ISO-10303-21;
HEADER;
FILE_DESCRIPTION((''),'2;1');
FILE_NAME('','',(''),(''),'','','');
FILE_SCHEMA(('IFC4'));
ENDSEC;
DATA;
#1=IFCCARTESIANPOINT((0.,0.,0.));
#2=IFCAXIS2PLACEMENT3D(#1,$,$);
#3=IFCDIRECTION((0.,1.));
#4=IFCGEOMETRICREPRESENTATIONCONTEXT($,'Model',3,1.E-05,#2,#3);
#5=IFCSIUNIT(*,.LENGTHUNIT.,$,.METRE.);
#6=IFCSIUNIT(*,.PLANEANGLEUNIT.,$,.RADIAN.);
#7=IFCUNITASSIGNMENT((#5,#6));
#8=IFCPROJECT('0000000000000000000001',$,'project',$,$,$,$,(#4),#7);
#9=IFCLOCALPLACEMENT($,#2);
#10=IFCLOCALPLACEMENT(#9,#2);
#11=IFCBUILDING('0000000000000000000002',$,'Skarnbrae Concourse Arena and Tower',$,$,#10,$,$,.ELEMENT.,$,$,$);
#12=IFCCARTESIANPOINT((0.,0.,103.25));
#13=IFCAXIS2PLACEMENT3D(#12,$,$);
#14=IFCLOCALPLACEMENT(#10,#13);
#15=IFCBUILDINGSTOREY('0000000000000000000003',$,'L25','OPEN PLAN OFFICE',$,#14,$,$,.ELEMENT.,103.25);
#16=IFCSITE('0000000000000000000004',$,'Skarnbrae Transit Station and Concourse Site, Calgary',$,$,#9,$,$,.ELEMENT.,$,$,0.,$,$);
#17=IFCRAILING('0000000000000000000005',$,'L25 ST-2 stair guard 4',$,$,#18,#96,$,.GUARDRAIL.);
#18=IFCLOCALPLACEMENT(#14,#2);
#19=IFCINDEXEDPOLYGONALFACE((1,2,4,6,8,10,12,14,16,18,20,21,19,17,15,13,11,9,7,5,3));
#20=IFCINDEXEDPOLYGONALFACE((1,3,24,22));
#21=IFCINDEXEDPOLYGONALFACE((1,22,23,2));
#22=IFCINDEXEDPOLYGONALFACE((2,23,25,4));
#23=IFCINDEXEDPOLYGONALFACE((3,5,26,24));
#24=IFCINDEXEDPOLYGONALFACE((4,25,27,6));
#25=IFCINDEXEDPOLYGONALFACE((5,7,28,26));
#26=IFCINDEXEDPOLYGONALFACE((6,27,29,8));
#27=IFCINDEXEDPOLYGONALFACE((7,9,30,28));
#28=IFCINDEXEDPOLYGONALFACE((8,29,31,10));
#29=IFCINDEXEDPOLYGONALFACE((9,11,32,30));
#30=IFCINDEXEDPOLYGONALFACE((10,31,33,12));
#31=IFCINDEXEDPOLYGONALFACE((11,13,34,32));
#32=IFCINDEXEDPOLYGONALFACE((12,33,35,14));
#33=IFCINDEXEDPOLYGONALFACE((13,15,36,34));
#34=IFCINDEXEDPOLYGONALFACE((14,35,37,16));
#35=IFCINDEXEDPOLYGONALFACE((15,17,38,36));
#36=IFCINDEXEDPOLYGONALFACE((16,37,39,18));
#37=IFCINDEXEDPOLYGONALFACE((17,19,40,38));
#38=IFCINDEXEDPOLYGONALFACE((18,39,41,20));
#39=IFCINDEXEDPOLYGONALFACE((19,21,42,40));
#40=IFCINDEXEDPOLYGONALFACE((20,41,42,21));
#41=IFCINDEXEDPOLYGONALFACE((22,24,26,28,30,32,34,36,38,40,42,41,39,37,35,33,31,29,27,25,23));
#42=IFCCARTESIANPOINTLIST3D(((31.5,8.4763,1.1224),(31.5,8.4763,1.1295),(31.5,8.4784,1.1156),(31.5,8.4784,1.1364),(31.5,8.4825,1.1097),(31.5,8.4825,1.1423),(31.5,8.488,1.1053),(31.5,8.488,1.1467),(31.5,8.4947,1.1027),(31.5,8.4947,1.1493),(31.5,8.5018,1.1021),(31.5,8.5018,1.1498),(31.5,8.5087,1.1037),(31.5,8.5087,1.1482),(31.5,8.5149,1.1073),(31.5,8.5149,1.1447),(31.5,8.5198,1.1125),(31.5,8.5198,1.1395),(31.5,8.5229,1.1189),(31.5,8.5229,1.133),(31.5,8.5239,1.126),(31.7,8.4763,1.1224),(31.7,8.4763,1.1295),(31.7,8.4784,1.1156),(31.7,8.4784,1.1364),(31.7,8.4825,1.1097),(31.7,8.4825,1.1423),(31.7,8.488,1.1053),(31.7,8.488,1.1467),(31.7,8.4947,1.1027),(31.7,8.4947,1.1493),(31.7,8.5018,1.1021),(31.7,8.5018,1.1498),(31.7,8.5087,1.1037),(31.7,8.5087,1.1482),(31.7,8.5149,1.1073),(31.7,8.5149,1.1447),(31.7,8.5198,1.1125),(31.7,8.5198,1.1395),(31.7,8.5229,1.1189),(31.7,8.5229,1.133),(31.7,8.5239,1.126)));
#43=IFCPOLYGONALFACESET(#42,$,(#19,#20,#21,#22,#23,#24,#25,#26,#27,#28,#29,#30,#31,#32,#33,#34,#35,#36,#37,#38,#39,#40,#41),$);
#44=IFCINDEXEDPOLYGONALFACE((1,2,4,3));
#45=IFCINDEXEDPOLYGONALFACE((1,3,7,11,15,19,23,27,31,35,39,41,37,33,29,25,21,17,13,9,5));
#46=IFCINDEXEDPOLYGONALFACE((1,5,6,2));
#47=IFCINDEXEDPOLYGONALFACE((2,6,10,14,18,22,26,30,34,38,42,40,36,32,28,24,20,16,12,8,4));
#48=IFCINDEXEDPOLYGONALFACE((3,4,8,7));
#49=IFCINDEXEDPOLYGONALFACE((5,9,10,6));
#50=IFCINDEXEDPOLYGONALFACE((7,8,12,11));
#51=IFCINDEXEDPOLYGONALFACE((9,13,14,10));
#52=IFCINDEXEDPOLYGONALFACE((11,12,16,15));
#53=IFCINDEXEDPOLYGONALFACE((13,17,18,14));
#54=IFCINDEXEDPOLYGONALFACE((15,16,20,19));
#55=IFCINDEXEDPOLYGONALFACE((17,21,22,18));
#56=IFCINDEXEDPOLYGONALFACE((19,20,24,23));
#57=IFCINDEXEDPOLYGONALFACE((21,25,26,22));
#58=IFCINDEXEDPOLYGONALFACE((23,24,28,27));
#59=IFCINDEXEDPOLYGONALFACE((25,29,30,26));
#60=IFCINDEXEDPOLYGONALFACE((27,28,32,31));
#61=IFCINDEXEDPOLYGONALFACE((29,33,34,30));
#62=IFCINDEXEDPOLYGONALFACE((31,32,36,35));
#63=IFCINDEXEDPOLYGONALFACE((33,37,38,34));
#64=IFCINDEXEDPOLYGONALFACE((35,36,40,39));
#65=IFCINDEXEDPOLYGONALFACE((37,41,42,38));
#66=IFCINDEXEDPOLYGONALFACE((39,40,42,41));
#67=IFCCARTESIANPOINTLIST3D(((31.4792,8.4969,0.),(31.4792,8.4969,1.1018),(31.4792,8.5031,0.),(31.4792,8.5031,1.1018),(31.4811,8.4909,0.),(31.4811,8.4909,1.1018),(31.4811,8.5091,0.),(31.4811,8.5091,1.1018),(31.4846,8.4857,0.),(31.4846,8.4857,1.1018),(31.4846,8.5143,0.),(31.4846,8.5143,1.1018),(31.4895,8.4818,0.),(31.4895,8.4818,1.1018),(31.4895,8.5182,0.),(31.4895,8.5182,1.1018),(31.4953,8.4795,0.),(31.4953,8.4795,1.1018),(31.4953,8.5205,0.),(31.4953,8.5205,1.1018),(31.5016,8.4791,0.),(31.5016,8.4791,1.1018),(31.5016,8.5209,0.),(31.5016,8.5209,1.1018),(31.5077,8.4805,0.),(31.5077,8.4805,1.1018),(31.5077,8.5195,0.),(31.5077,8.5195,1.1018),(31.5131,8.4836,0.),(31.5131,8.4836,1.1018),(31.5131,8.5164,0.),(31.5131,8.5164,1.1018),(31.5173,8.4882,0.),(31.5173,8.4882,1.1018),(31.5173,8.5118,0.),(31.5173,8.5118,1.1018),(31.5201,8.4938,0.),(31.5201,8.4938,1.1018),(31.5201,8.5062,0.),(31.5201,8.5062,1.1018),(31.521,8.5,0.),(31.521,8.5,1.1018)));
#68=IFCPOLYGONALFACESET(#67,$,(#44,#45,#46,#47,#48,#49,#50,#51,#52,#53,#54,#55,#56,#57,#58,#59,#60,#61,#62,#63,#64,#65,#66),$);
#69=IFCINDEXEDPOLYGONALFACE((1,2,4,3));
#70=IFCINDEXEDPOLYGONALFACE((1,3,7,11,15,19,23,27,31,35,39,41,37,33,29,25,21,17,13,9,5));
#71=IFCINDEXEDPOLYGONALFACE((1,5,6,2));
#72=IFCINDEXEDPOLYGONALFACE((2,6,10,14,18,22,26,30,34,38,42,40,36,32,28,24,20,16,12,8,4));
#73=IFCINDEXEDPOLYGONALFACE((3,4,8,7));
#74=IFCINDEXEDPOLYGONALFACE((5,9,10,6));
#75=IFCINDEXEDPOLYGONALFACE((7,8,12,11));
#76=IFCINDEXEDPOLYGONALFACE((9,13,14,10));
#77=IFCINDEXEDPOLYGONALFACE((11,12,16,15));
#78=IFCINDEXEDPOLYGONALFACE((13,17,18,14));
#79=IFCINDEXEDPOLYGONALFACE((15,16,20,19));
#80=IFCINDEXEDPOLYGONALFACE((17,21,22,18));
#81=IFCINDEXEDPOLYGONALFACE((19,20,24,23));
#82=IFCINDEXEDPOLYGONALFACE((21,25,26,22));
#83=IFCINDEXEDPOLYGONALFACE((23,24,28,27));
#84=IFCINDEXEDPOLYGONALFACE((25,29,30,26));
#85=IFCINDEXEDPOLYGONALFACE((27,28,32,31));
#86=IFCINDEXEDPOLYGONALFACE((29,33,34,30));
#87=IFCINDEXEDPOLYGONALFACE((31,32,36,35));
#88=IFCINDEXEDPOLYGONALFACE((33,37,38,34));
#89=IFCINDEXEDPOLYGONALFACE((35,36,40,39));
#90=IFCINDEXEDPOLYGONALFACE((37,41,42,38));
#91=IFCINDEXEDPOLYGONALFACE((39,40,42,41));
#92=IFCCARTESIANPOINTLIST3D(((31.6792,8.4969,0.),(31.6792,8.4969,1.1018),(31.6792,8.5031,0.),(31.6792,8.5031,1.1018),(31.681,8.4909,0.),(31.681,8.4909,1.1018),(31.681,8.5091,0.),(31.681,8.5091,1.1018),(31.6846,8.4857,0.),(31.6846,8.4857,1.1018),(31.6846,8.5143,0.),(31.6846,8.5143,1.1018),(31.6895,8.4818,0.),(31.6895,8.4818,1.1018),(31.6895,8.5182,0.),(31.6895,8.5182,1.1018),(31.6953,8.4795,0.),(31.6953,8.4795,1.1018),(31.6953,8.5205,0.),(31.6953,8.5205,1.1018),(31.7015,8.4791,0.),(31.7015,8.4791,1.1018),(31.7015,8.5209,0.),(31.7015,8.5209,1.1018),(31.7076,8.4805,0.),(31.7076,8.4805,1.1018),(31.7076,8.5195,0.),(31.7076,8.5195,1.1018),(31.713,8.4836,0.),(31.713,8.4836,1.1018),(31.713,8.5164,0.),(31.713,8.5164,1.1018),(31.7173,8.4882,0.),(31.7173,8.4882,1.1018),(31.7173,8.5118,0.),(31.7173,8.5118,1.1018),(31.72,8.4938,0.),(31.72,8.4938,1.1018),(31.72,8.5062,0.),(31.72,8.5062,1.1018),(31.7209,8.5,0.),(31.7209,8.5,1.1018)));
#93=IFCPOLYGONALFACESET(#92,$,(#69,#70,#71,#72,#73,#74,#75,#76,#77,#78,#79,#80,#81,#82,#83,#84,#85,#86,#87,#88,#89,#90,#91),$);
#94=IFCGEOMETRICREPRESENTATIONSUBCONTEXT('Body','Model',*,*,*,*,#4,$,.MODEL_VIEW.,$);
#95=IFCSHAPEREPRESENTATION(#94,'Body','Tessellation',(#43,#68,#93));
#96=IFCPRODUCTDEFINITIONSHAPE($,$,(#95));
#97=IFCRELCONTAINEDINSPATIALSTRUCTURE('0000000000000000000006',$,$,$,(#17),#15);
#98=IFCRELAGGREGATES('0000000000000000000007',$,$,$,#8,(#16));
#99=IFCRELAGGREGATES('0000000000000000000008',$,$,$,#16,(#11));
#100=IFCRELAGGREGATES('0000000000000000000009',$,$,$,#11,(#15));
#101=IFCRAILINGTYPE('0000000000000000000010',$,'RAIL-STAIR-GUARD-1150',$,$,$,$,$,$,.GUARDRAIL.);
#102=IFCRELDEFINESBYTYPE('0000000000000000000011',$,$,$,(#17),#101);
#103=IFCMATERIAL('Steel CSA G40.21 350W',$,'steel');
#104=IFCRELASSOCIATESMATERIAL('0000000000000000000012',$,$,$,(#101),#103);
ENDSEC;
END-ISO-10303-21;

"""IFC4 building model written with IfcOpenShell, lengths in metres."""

from ifc_helpers import new_model, si_unit, direction, frame, origin, origin_2d, place, context, subcontext, project, spatial, circle, extrude, material, type_object, element, save


model = new_model("IFC4")

# Units and contexts
model_context = context("Model", 3, precision=1e-05, world=origin(), true_north=direction((0.0, 1.0)))
body_context = subcontext(model_context, "Body", "Model", "MODEL_VIEW")
ifc_project = project(units=[si_unit("LENGTHUNIT", "METRE"), si_unit("PLANEANGLEUNIT", "RADIAN")], contexts=[model_context])

# Site, building, storey
site_placement = place(None, origin())
site = spatial("IfcSite", under=ifc_project, at=site_placement, Name="Skarnbrae Transit Station and Concourse Site, Calgary", CompositionType="ELEMENT", RefElevation=0.0)
building_placement = place(site_placement, origin())
building = spatial("IfcBuilding", under=site, at=building_placement, Name="Skarnbrae Concourse Arena and Tower", CompositionType="ELEMENT")
storey_placement = place(building_placement, frame((0.0, 0.0, 103.25)))
storey = spatial("IfcBuildingStorey", under=building, at=storey_placement, Name="L25", Description="OPEN PLAN OFFICE", CompositionType="ELEMENT", Elevation=103.25)

# Shared definitions
ifc_material_1 = material(Name="Steel CSA G40.21 350W", Category="steel")

# Railing
railing_type_1 = type_object("IfcRailingType", Name="RAIL-STAIR-GUARD-1150", PredefinedType="GUARDRAIL", material=ifc_material_1)
railing_1_placement = place(storey_placement, frame((31.5, 8.5, 0.0)))
element("IfcRailing", 1, at=railing_1_placement, inside=storey, type_object=railing_type_1, Name="L25 ST-2 stair guard 4", PredefinedType="GUARDRAIL", context=body_context, shape_type="SweptSolid", body=[
    extrude(circle(Radius=0.0239, at=origin_2d()), frame((0.0, 0.0, 1.126), z_axis=(1.0, 0.0, 0.0), x_axis=(0.0, 1.0, 0.0)), (0.0, 0.0, 1.0), 0.2),
    extrude(circle(Radius=0.021, at=origin_2d()), origin(), (0.0, 0.0, 1.0), 1.1018),
    extrude(circle(Radius=0.021, at=origin_2d()), frame((0.2, 0.0, 0.0)), (0.0, 0.0, 1.0), 1.1018),
])

save(model, "model.ifc")
